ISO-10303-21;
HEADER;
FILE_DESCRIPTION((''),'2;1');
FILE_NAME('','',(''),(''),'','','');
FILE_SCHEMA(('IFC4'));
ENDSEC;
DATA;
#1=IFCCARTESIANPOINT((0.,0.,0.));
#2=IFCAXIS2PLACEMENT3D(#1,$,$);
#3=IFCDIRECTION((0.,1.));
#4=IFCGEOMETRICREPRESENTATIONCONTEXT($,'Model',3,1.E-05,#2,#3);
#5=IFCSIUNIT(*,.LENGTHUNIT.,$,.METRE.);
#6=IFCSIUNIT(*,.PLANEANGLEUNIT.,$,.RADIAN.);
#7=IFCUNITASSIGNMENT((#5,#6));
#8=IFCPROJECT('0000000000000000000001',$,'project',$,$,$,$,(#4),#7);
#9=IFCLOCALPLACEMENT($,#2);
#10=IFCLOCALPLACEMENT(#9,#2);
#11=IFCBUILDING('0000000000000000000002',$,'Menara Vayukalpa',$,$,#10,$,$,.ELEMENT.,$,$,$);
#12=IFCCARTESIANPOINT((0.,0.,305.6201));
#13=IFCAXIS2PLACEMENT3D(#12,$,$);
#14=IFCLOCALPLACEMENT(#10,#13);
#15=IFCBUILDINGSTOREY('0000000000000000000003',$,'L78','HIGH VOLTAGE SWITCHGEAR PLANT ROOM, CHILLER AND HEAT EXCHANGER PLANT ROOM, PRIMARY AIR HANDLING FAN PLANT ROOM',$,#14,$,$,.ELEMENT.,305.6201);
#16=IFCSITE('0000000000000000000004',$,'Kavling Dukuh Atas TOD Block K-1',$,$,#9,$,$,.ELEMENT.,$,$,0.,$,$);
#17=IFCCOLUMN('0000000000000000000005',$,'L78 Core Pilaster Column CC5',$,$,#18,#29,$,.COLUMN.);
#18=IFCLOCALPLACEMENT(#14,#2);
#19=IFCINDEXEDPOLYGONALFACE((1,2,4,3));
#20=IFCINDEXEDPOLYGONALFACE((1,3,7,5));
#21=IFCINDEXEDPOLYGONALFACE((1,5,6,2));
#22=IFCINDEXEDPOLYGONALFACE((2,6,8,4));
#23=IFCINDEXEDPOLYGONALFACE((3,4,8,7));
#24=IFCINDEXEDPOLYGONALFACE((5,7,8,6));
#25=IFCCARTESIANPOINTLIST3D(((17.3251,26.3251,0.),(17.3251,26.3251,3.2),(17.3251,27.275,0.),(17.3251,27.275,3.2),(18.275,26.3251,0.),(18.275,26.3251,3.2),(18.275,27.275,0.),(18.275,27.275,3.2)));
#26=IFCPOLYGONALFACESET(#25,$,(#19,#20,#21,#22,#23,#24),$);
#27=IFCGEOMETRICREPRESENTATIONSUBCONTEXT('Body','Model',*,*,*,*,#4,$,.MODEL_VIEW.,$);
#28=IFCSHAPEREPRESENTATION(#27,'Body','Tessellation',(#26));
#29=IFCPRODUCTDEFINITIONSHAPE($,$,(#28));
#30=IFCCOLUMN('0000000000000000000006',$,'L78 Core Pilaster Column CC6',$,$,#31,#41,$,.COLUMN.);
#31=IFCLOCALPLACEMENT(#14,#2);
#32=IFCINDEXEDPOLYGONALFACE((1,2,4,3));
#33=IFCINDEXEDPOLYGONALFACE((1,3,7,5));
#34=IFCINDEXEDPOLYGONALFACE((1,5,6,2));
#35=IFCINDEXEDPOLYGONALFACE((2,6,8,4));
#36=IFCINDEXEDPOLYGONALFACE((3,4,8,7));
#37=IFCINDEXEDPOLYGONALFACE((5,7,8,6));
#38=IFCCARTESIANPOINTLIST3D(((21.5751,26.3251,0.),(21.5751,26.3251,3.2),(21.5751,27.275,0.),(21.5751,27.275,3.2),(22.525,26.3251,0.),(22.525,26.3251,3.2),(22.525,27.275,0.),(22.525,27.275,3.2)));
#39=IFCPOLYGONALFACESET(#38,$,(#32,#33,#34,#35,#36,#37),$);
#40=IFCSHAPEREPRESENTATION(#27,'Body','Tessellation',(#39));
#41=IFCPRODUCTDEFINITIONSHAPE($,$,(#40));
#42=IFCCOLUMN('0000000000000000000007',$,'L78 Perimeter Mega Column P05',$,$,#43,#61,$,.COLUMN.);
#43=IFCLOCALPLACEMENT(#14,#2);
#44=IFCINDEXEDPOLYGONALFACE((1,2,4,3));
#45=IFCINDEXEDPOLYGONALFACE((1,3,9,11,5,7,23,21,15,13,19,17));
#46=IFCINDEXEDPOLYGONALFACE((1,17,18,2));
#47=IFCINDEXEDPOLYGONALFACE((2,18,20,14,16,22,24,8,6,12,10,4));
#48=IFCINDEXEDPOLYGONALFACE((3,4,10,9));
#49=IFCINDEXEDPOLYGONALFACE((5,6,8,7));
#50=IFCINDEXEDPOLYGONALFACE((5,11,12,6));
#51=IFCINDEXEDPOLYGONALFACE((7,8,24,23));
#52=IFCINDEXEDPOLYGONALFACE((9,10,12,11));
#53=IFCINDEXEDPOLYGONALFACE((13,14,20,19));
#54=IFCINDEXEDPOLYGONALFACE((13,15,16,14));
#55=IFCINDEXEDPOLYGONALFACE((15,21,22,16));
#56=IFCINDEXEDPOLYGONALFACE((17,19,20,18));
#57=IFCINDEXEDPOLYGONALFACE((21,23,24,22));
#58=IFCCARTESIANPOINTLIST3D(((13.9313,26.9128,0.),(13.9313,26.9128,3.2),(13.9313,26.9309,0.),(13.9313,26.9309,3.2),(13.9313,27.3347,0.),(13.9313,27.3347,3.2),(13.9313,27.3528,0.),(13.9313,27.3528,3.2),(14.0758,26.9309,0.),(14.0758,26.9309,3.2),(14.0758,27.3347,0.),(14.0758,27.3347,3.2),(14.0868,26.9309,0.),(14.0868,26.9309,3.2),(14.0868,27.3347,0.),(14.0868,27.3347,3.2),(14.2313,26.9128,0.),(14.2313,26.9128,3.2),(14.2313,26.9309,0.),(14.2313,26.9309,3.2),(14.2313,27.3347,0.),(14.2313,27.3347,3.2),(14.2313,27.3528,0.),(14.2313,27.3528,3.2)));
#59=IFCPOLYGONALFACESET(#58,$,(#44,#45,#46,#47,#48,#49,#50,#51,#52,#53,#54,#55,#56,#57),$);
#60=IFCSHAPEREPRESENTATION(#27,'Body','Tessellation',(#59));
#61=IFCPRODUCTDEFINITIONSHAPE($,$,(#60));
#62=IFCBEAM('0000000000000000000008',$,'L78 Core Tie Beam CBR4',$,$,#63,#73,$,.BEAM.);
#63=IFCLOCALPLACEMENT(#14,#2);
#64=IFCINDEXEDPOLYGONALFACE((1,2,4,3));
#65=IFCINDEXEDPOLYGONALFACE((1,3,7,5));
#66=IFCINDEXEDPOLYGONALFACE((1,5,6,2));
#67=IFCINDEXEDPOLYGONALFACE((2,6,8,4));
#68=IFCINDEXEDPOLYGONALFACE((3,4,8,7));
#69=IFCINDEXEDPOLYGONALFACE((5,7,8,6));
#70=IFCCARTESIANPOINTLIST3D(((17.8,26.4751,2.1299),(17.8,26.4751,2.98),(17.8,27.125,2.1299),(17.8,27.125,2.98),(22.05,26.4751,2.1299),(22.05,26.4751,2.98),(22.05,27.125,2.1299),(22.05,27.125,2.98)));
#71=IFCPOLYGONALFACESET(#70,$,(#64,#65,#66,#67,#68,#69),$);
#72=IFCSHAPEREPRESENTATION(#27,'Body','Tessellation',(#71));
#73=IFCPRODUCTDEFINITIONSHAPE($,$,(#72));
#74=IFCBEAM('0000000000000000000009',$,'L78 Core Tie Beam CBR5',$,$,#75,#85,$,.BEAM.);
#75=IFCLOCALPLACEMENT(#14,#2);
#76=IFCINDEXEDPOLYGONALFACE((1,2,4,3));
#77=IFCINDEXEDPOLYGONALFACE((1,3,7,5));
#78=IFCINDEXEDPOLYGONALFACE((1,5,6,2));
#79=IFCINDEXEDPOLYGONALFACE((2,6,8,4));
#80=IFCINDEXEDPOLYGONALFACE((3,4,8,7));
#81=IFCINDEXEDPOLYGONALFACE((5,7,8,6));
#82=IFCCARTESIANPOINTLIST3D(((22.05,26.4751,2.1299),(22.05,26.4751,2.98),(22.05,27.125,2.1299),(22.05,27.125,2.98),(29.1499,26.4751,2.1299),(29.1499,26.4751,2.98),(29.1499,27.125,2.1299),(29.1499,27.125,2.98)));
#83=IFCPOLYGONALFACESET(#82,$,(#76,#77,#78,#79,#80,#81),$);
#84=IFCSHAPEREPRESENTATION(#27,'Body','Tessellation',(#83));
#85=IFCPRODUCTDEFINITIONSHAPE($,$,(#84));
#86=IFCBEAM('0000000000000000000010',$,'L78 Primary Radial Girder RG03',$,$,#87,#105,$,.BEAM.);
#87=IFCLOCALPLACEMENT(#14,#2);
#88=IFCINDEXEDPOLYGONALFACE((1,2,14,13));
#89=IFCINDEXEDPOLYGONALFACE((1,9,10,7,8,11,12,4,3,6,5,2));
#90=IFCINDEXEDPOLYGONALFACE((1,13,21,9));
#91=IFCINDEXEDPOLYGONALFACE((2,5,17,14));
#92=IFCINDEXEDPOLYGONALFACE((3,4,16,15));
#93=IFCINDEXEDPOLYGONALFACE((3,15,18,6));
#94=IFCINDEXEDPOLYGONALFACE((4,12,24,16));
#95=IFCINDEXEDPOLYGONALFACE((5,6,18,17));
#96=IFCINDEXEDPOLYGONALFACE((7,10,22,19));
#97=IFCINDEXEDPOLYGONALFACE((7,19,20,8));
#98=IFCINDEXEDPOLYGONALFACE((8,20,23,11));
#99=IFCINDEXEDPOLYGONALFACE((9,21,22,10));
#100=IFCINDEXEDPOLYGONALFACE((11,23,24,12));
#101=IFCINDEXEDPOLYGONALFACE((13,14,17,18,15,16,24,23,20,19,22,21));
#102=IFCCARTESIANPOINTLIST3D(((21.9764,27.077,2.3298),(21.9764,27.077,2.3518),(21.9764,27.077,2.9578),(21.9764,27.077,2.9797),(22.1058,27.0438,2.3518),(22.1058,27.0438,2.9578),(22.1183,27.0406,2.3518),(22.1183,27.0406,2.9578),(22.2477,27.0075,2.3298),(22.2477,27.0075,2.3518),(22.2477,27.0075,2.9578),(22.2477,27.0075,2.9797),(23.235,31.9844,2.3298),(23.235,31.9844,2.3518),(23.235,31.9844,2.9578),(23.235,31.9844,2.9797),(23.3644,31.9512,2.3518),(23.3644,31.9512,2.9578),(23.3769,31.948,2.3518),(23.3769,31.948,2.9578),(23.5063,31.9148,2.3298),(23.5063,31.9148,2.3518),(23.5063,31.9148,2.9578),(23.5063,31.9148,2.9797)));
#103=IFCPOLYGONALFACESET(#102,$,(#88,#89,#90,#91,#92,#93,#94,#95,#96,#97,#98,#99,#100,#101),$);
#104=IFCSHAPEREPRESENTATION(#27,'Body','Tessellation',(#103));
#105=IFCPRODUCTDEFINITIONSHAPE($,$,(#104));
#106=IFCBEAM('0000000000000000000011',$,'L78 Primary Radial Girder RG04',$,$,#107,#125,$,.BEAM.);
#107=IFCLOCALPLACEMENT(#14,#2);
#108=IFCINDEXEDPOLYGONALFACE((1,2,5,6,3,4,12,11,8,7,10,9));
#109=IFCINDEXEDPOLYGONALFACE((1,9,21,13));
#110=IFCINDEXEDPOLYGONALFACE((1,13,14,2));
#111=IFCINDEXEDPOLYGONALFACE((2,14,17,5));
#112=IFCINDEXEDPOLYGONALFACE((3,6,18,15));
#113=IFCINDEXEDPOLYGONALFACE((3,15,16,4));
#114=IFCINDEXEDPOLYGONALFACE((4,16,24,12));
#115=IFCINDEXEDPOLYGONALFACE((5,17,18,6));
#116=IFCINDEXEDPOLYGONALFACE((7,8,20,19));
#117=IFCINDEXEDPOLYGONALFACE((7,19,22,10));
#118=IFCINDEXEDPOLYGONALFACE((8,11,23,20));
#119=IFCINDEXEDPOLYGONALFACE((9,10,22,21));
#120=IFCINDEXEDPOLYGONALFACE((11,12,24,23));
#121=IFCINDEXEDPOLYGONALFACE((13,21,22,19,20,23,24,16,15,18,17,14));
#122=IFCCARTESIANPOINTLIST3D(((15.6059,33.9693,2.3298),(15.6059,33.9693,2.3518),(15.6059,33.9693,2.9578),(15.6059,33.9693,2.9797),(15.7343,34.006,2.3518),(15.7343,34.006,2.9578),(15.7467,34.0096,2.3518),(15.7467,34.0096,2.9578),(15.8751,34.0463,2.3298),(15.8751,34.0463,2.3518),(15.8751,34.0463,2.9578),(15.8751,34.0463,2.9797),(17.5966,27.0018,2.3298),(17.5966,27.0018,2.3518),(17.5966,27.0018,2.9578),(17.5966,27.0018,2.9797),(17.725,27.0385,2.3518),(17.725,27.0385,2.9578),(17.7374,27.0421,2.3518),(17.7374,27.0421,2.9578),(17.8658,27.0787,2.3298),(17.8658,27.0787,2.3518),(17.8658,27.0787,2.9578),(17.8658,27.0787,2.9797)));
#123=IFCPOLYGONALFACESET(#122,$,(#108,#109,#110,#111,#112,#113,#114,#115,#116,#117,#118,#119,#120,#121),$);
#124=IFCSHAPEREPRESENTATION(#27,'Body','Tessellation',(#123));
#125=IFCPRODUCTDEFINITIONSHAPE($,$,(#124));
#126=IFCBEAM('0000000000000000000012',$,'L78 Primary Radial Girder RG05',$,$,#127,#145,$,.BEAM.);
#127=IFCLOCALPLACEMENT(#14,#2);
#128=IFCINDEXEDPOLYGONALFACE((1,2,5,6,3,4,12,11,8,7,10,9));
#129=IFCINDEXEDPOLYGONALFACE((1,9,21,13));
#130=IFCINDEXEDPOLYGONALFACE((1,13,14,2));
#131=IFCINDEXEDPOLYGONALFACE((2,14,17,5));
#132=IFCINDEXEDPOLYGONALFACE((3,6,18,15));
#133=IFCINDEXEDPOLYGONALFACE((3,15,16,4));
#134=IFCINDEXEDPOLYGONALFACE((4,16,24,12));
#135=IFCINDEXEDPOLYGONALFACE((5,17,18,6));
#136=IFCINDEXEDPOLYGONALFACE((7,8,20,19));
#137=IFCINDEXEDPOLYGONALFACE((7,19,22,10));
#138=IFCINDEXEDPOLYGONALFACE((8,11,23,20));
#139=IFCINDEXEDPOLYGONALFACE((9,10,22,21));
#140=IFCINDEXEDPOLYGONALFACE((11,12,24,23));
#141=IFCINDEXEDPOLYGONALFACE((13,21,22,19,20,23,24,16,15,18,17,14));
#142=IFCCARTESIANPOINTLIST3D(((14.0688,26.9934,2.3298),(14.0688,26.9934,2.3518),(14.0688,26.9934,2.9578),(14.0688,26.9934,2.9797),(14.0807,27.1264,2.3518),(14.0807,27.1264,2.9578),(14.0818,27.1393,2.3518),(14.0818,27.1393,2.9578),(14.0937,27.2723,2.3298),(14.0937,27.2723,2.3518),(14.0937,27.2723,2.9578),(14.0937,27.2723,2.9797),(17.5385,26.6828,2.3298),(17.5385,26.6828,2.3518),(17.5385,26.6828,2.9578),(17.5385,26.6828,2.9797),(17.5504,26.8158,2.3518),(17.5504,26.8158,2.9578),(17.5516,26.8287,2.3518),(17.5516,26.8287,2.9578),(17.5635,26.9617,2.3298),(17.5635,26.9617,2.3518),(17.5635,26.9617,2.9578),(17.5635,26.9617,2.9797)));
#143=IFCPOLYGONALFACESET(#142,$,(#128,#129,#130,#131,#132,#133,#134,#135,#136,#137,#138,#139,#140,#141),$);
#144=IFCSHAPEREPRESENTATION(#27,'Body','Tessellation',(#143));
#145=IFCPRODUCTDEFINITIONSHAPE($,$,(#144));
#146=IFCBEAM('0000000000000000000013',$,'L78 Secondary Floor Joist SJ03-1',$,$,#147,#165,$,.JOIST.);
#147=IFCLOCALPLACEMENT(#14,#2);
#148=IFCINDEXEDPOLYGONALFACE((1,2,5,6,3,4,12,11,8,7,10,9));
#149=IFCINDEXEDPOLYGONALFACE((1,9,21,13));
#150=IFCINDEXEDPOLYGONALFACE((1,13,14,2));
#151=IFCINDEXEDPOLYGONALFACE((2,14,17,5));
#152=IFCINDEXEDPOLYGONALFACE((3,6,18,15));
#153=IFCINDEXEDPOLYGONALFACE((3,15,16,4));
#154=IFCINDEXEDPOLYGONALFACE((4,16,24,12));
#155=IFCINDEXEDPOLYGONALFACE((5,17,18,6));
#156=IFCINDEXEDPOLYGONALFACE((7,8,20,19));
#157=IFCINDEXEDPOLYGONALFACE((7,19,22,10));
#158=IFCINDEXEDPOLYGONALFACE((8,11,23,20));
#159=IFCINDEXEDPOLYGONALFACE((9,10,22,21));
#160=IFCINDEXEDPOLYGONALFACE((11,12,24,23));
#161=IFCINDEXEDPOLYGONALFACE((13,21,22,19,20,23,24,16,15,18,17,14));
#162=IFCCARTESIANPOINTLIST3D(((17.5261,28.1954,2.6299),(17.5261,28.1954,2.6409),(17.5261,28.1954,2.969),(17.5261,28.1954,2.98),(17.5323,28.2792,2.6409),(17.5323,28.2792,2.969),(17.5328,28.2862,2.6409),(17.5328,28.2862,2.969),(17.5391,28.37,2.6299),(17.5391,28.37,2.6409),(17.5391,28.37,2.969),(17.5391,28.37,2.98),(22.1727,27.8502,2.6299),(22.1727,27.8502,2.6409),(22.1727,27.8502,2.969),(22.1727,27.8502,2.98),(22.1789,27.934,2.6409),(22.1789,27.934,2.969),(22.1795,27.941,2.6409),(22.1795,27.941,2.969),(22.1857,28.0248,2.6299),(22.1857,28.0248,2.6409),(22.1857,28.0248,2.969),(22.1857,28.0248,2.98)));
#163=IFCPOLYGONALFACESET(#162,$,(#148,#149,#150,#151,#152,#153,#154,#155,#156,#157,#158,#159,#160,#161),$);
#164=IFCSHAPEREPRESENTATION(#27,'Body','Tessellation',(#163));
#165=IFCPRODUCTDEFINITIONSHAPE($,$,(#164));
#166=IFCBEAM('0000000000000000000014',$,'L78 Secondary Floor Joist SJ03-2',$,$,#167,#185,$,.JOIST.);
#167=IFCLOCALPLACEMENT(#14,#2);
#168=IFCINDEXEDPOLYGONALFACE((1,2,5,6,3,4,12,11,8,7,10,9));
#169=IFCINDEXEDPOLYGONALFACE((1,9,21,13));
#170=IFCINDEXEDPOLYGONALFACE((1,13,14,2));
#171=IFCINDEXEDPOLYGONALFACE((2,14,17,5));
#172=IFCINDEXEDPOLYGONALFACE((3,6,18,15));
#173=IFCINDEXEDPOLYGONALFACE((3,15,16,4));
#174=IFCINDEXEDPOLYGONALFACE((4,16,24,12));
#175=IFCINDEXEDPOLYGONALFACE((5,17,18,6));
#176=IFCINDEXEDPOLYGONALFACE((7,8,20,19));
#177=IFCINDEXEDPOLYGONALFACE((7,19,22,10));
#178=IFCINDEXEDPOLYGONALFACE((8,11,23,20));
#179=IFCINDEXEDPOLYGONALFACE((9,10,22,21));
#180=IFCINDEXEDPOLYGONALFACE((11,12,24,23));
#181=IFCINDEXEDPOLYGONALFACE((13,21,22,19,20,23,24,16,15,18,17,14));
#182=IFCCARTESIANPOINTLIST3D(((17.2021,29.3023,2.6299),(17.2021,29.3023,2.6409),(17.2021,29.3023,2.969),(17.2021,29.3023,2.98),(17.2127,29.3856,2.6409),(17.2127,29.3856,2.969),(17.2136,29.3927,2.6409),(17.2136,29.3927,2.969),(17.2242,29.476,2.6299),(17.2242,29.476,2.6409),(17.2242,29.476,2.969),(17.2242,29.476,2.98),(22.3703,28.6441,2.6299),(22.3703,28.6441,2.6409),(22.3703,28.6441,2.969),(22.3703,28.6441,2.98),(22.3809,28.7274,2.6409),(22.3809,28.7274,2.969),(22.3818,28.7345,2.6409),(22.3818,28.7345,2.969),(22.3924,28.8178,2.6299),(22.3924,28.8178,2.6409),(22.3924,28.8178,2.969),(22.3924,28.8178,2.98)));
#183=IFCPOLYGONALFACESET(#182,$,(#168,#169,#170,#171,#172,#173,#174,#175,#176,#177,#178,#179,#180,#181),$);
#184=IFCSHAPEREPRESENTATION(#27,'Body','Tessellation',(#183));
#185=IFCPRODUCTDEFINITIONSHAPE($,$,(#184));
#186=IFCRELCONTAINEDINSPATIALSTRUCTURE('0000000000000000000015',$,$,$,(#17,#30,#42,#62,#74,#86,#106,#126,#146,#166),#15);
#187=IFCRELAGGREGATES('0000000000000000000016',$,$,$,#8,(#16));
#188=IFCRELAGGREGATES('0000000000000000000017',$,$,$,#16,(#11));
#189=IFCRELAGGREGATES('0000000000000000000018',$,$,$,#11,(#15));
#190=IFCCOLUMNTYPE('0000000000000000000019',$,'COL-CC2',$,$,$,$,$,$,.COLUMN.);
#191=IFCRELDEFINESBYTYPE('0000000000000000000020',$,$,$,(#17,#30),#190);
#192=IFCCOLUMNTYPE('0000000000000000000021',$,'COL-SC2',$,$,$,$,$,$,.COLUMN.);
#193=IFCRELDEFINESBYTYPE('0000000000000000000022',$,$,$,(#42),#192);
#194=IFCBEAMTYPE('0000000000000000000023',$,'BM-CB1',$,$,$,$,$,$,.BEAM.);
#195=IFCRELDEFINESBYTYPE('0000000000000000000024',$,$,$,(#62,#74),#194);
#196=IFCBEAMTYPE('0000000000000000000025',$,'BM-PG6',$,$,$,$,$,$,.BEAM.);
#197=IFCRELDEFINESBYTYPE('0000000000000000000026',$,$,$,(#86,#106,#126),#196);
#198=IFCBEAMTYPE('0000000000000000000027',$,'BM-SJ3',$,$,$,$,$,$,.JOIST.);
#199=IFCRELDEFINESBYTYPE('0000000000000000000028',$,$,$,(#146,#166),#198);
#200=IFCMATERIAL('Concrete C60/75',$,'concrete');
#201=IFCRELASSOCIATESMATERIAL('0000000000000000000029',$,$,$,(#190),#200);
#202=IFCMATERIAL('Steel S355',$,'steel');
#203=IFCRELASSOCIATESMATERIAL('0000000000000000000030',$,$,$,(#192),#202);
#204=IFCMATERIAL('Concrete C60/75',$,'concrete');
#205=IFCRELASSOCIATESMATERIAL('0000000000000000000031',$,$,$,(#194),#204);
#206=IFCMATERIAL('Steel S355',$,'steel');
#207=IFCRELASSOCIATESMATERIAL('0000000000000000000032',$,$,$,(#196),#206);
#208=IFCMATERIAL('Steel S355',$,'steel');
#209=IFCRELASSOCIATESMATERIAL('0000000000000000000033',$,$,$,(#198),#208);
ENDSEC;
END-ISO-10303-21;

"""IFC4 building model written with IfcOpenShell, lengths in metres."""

from ifc_helpers import new_model, si_unit, direction, frame, origin, origin_2d, place, context, subcontext, project, spatial, rectangle, i_section, extrude, material, material_profile, profile_set, type_object, element, save


model = new_model("IFC4")

# Units and contexts
model_context = context("Model", 3, precision=1e-05, world=origin(), true_north=direction((0.0, 1.0)))
body_context = subcontext(model_context, "Body", "Model", "MODEL_VIEW")
ifc_project = project(units=[si_unit("LENGTHUNIT", "METRE"), si_unit("PLANEANGLEUNIT", "RADIAN")], contexts=[model_context])

# Site, building, storey
site_placement = place(None, origin())
site = spatial("IfcSite", under=ifc_project, at=site_placement, Name="Kavling Dukuh Atas TOD Block K-1", CompositionType="ELEMENT", RefElevation=0.0)
building_placement = place(site_placement, origin())
building = spatial("IfcBuilding", under=site, at=building_placement, Name="Menara Vayukalpa", CompositionType="ELEMENT")
storey_placement = place(building_placement, frame((0.0, 0.0, 305.6201)))
storey = spatial("IfcBuildingStorey", under=building, at=storey_placement, Name="L78", Description="HIGH VOLTAGE SWITCHGEAR PLANT ROOM, CHILLER AND HEAT EXCHANGER PLANT ROOM, PRIMARY AIR HANDLING FAN PLANT ROOM", CompositionType="ELEMENT", Elevation=305.6201)

# Columns
ifc_material_1 = material(Name="Concrete C60/75", Category="concrete")
ifc_material_profile_1 = material_profile(ifc_material_1, rectangle(XDim=0.95, YDim=0.95, at=origin_2d()), Name="RC 950x950")
ifc_profile_set_1 = profile_set([ifc_material_profile_1], Name="Concrete C60/75")
column_type_1 = type_object("IfcColumnType", Name="COL-CC2", PredefinedType="COLUMN", material=ifc_profile_set_1)
for number, where, z_axis, x_axis, name in (
    (1, (17.8, 26.8, 0.0), (0.0, 0.0, 1.0), (1.0, 0.0, 0.0), "L78 Core Pilaster Column CC5"),
    (2, (22.05, 26.8, 0.0), (0.0, 0.0, 1.0), (1.0, 0.0, 0.0), "L78 Core Pilaster Column CC6"),
):
    element("IfcColumn", number, at=place(storey_placement, frame(where, z_axis=z_axis, x_axis=x_axis)), inside=storey, type_object=column_type_1, Name=name, PredefinedType="COLUMN", context=body_context, shape_type="SweptSolid", body=[
        extrude(rectangle(XDim=0.95, YDim=0.95, at=origin_2d()), origin(), (0.0, 0.0, 1.0), 3.2),
    ])
ifc_material_2 = material(Name="Steel S355", Category="steel")
ifc_material_profile_2 = material_profile(ifc_material_2, i_section(OverallWidth=0.3, OverallDepth=0.4399, WebThickness=0.011, FlangeThickness=0.0181, at=origin_2d()), Name="H 440x300x11x18")
ifc_profile_set_2 = profile_set([ifc_material_profile_2], Name="Steel S355")
column_type_2 = type_object("IfcColumnType", Name="COL-SC2", PredefinedType="COLUMN", material=ifc_profile_set_2)
column_placement = place(storey_placement, frame((14.0813, 27.1328, 0.0), z_axis=(0.0, 0.0, 1.0), x_axis=(1.0, 0.0, 0.0)))
element("IfcColumn", 3, at=column_placement, inside=storey, type_object=column_type_2, Name="L78 Perimeter Mega Column P05", PredefinedType="COLUMN", context=body_context, shape_type="SweptSolid", body=[
    extrude(i_section(OverallWidth=0.3, OverallDepth=0.4399, WebThickness=0.011, FlangeThickness=0.0181, at=origin_2d()), origin(), (0.0, 0.0, 1.0), 3.2),
])

# Beams
ifc_material_3 = material(Name="Concrete C60/75", Category="concrete")
ifc_material_profile_3 = material_profile(ifc_material_3, rectangle(XDim=0.6499, YDim=0.8501, at=origin_2d()), Name="RC 650x850")
ifc_profile_set_3 = profile_set([ifc_material_profile_3], Name="Concrete C60/75")
beam_type_1 = type_object("IfcBeamType", Name="BM-CB1", PredefinedType="BEAM", material=ifc_profile_set_3)
beam_1_placement = place(storey_placement, frame((17.8, 26.8, 2.5549), z_axis=(1.0, 0.0, 0.0), x_axis=(0.0, 1.0, 0.0)))
element("IfcBeam", 4, at=beam_1_placement, inside=storey, type_object=beam_type_1, Name="L78 Core Tie Beam CBR4", PredefinedType="BEAM", context=body_context, shape_type="SweptSolid", body=[
    extrude(rectangle(XDim=0.6499, YDim=0.8501, at=origin_2d()), origin(), (0.0, 0.0, 1.0), 4.25),
])
beam_2_placement = place(storey_placement, frame((22.05, 26.8, 2.5549), z_axis=(1.0, 0.0, 0.0), x_axis=(0.0, 1.0, 0.0)))
element("IfcBeam", 5, at=beam_2_placement, inside=storey, type_object=beam_type_1, Name="L78 Core Tie Beam CBR5", PredefinedType="BEAM", context=body_context, shape_type="SweptSolid", body=[
    extrude(rectangle(XDim=0.6499, YDim=0.8501, at=origin_2d()), origin(), (0.0, 0.0, 1.0), 7.0999),
])
ifc_material_4 = material(Name="Steel S355", Category="steel")
ifc_material_profile_4 = material_profile(ifc_material_4, i_section(OverallWidth=0.28, OverallDepth=0.6499, WebThickness=0.0129, FlangeThickness=0.022, at=origin_2d()), Name="WF 650x280x13x22")
ifc_profile_set_4 = profile_set([ifc_material_profile_4], Name="Steel S355")
beam_type_2 = type_object("IfcBeamType", Name="BM-PG6", PredefinedType="BEAM", material=ifc_profile_set_4)
beam_3_placement = place(storey_placement, frame((22.1121, 27.0422, 2.6548), z_axis=(0.248428, 0.96865, 0.0), x_axis=(-0.96865, 0.248428, 0.0)))
element("IfcBeam", 6, at=beam_3_placement, inside=storey, type_object=beam_type_2, Name="L78 Primary Radial Girder RG03", PredefinedType="BEAM", context=body_context, shape_type="SweptSolid", body=[
    extrude(i_section(OverallWidth=0.28, OverallDepth=0.6499, WebThickness=0.0129, FlangeThickness=0.022, at=origin_2d()), origin(), (0.0, 0.0, 1.0), 5.0662),
])
beam_4_placement = place(storey_placement, frame((17.7312, 27.0403, 2.6548), z_axis=(-0.274721, 0.961524, 0.0), x_axis=(-0.961524, -0.274721, 0.0)))
element("IfcBeam", 7, at=beam_4_placement, inside=storey, type_object=beam_type_2, Name="L78 Primary Radial Girder RG04", PredefinedType="BEAM", context=body_context, shape_type="SweptSolid", body=[
    extrude(i_section(OverallWidth=0.28, OverallDepth=0.6499, WebThickness=0.0129, FlangeThickness=0.022, at=origin_2d()), origin(), (0.0, 0.0, 1.0), 7.2463),
])
beam_5_placement = place(storey_placement, frame((17.551, 26.8223, 2.6548), z_axis=(-0.996019, 0.089145, 0.0), x_axis=(-0.089145, -0.996019, 0.0)))
element("IfcBeam", 8, at=beam_5_placement, inside=storey, type_object=beam_type_2, Name="L78 Primary Radial Girder RG05", PredefinedType="BEAM", context=body_context, shape_type="SweptSolid", body=[
    extrude(i_section(OverallWidth=0.28, OverallDepth=0.6499, WebThickness=0.0129, FlangeThickness=0.022, at=origin_2d()), origin(), (0.0, 0.0, 1.0), 3.4836),
])
ifc_material_5 = material(Name="Steel S355", Category="steel")
ifc_material_profile_5 = material_profile(ifc_material_5, i_section(OverallWidth=0.175, OverallDepth=0.3501, WebThickness=0.0071, FlangeThickness=0.011, at=origin_2d()), Name="WF 350x175x7x11")
ifc_profile_set_5 = profile_set([ifc_material_profile_5], Name="Steel S355")
beam_type_3 = type_object("IfcBeamType", Name="BM-SJ3", PredefinedType="JOIST", material=ifc_profile_set_5)
beam_6_placement = place(storey_placement, frame((22.1792, 27.9375, 2.8049), z_axis=(-0.997252, 0.074088, 0.0), x_axis=(-0.074088, -0.997252, 0.0)))
element("IfcBeam", 9, at=beam_6_placement, inside=storey, type_object=beam_type_3, Name="L78 Secondary Floor Joist SJ03-1", PredefinedType="JOIST", context=body_context, shape_type="SweptSolid", body=[
    extrude(i_section(OverallWidth=0.175, OverallDepth=0.3501, WebThickness=0.0071, FlangeThickness=0.011, at=origin_2d()), origin(), (0.0, 0.0, 1.0), 4.6594),
])
beam_7_placement = place(storey_placement, frame((22.3813, 28.731, 2.8049), z_axis=(-0.991988, 0.126336, 0.0), x_axis=(-0.126336, -0.991988, 0.0)))
element("IfcBeam", 10, at=beam_7_placement, inside=storey, type_object=beam_type_3, Name="L78 Secondary Floor Joist SJ03-2", PredefinedType="JOIST", context=body_context, shape_type="SweptSolid", body=[
    extrude(i_section(OverallWidth=0.175, OverallDepth=0.3501, WebThickness=0.0071, FlangeThickness=0.011, at=origin_2d()), origin(), (0.0, 0.0, 1.0), 5.21),
])

save(model, "model.ifc")
